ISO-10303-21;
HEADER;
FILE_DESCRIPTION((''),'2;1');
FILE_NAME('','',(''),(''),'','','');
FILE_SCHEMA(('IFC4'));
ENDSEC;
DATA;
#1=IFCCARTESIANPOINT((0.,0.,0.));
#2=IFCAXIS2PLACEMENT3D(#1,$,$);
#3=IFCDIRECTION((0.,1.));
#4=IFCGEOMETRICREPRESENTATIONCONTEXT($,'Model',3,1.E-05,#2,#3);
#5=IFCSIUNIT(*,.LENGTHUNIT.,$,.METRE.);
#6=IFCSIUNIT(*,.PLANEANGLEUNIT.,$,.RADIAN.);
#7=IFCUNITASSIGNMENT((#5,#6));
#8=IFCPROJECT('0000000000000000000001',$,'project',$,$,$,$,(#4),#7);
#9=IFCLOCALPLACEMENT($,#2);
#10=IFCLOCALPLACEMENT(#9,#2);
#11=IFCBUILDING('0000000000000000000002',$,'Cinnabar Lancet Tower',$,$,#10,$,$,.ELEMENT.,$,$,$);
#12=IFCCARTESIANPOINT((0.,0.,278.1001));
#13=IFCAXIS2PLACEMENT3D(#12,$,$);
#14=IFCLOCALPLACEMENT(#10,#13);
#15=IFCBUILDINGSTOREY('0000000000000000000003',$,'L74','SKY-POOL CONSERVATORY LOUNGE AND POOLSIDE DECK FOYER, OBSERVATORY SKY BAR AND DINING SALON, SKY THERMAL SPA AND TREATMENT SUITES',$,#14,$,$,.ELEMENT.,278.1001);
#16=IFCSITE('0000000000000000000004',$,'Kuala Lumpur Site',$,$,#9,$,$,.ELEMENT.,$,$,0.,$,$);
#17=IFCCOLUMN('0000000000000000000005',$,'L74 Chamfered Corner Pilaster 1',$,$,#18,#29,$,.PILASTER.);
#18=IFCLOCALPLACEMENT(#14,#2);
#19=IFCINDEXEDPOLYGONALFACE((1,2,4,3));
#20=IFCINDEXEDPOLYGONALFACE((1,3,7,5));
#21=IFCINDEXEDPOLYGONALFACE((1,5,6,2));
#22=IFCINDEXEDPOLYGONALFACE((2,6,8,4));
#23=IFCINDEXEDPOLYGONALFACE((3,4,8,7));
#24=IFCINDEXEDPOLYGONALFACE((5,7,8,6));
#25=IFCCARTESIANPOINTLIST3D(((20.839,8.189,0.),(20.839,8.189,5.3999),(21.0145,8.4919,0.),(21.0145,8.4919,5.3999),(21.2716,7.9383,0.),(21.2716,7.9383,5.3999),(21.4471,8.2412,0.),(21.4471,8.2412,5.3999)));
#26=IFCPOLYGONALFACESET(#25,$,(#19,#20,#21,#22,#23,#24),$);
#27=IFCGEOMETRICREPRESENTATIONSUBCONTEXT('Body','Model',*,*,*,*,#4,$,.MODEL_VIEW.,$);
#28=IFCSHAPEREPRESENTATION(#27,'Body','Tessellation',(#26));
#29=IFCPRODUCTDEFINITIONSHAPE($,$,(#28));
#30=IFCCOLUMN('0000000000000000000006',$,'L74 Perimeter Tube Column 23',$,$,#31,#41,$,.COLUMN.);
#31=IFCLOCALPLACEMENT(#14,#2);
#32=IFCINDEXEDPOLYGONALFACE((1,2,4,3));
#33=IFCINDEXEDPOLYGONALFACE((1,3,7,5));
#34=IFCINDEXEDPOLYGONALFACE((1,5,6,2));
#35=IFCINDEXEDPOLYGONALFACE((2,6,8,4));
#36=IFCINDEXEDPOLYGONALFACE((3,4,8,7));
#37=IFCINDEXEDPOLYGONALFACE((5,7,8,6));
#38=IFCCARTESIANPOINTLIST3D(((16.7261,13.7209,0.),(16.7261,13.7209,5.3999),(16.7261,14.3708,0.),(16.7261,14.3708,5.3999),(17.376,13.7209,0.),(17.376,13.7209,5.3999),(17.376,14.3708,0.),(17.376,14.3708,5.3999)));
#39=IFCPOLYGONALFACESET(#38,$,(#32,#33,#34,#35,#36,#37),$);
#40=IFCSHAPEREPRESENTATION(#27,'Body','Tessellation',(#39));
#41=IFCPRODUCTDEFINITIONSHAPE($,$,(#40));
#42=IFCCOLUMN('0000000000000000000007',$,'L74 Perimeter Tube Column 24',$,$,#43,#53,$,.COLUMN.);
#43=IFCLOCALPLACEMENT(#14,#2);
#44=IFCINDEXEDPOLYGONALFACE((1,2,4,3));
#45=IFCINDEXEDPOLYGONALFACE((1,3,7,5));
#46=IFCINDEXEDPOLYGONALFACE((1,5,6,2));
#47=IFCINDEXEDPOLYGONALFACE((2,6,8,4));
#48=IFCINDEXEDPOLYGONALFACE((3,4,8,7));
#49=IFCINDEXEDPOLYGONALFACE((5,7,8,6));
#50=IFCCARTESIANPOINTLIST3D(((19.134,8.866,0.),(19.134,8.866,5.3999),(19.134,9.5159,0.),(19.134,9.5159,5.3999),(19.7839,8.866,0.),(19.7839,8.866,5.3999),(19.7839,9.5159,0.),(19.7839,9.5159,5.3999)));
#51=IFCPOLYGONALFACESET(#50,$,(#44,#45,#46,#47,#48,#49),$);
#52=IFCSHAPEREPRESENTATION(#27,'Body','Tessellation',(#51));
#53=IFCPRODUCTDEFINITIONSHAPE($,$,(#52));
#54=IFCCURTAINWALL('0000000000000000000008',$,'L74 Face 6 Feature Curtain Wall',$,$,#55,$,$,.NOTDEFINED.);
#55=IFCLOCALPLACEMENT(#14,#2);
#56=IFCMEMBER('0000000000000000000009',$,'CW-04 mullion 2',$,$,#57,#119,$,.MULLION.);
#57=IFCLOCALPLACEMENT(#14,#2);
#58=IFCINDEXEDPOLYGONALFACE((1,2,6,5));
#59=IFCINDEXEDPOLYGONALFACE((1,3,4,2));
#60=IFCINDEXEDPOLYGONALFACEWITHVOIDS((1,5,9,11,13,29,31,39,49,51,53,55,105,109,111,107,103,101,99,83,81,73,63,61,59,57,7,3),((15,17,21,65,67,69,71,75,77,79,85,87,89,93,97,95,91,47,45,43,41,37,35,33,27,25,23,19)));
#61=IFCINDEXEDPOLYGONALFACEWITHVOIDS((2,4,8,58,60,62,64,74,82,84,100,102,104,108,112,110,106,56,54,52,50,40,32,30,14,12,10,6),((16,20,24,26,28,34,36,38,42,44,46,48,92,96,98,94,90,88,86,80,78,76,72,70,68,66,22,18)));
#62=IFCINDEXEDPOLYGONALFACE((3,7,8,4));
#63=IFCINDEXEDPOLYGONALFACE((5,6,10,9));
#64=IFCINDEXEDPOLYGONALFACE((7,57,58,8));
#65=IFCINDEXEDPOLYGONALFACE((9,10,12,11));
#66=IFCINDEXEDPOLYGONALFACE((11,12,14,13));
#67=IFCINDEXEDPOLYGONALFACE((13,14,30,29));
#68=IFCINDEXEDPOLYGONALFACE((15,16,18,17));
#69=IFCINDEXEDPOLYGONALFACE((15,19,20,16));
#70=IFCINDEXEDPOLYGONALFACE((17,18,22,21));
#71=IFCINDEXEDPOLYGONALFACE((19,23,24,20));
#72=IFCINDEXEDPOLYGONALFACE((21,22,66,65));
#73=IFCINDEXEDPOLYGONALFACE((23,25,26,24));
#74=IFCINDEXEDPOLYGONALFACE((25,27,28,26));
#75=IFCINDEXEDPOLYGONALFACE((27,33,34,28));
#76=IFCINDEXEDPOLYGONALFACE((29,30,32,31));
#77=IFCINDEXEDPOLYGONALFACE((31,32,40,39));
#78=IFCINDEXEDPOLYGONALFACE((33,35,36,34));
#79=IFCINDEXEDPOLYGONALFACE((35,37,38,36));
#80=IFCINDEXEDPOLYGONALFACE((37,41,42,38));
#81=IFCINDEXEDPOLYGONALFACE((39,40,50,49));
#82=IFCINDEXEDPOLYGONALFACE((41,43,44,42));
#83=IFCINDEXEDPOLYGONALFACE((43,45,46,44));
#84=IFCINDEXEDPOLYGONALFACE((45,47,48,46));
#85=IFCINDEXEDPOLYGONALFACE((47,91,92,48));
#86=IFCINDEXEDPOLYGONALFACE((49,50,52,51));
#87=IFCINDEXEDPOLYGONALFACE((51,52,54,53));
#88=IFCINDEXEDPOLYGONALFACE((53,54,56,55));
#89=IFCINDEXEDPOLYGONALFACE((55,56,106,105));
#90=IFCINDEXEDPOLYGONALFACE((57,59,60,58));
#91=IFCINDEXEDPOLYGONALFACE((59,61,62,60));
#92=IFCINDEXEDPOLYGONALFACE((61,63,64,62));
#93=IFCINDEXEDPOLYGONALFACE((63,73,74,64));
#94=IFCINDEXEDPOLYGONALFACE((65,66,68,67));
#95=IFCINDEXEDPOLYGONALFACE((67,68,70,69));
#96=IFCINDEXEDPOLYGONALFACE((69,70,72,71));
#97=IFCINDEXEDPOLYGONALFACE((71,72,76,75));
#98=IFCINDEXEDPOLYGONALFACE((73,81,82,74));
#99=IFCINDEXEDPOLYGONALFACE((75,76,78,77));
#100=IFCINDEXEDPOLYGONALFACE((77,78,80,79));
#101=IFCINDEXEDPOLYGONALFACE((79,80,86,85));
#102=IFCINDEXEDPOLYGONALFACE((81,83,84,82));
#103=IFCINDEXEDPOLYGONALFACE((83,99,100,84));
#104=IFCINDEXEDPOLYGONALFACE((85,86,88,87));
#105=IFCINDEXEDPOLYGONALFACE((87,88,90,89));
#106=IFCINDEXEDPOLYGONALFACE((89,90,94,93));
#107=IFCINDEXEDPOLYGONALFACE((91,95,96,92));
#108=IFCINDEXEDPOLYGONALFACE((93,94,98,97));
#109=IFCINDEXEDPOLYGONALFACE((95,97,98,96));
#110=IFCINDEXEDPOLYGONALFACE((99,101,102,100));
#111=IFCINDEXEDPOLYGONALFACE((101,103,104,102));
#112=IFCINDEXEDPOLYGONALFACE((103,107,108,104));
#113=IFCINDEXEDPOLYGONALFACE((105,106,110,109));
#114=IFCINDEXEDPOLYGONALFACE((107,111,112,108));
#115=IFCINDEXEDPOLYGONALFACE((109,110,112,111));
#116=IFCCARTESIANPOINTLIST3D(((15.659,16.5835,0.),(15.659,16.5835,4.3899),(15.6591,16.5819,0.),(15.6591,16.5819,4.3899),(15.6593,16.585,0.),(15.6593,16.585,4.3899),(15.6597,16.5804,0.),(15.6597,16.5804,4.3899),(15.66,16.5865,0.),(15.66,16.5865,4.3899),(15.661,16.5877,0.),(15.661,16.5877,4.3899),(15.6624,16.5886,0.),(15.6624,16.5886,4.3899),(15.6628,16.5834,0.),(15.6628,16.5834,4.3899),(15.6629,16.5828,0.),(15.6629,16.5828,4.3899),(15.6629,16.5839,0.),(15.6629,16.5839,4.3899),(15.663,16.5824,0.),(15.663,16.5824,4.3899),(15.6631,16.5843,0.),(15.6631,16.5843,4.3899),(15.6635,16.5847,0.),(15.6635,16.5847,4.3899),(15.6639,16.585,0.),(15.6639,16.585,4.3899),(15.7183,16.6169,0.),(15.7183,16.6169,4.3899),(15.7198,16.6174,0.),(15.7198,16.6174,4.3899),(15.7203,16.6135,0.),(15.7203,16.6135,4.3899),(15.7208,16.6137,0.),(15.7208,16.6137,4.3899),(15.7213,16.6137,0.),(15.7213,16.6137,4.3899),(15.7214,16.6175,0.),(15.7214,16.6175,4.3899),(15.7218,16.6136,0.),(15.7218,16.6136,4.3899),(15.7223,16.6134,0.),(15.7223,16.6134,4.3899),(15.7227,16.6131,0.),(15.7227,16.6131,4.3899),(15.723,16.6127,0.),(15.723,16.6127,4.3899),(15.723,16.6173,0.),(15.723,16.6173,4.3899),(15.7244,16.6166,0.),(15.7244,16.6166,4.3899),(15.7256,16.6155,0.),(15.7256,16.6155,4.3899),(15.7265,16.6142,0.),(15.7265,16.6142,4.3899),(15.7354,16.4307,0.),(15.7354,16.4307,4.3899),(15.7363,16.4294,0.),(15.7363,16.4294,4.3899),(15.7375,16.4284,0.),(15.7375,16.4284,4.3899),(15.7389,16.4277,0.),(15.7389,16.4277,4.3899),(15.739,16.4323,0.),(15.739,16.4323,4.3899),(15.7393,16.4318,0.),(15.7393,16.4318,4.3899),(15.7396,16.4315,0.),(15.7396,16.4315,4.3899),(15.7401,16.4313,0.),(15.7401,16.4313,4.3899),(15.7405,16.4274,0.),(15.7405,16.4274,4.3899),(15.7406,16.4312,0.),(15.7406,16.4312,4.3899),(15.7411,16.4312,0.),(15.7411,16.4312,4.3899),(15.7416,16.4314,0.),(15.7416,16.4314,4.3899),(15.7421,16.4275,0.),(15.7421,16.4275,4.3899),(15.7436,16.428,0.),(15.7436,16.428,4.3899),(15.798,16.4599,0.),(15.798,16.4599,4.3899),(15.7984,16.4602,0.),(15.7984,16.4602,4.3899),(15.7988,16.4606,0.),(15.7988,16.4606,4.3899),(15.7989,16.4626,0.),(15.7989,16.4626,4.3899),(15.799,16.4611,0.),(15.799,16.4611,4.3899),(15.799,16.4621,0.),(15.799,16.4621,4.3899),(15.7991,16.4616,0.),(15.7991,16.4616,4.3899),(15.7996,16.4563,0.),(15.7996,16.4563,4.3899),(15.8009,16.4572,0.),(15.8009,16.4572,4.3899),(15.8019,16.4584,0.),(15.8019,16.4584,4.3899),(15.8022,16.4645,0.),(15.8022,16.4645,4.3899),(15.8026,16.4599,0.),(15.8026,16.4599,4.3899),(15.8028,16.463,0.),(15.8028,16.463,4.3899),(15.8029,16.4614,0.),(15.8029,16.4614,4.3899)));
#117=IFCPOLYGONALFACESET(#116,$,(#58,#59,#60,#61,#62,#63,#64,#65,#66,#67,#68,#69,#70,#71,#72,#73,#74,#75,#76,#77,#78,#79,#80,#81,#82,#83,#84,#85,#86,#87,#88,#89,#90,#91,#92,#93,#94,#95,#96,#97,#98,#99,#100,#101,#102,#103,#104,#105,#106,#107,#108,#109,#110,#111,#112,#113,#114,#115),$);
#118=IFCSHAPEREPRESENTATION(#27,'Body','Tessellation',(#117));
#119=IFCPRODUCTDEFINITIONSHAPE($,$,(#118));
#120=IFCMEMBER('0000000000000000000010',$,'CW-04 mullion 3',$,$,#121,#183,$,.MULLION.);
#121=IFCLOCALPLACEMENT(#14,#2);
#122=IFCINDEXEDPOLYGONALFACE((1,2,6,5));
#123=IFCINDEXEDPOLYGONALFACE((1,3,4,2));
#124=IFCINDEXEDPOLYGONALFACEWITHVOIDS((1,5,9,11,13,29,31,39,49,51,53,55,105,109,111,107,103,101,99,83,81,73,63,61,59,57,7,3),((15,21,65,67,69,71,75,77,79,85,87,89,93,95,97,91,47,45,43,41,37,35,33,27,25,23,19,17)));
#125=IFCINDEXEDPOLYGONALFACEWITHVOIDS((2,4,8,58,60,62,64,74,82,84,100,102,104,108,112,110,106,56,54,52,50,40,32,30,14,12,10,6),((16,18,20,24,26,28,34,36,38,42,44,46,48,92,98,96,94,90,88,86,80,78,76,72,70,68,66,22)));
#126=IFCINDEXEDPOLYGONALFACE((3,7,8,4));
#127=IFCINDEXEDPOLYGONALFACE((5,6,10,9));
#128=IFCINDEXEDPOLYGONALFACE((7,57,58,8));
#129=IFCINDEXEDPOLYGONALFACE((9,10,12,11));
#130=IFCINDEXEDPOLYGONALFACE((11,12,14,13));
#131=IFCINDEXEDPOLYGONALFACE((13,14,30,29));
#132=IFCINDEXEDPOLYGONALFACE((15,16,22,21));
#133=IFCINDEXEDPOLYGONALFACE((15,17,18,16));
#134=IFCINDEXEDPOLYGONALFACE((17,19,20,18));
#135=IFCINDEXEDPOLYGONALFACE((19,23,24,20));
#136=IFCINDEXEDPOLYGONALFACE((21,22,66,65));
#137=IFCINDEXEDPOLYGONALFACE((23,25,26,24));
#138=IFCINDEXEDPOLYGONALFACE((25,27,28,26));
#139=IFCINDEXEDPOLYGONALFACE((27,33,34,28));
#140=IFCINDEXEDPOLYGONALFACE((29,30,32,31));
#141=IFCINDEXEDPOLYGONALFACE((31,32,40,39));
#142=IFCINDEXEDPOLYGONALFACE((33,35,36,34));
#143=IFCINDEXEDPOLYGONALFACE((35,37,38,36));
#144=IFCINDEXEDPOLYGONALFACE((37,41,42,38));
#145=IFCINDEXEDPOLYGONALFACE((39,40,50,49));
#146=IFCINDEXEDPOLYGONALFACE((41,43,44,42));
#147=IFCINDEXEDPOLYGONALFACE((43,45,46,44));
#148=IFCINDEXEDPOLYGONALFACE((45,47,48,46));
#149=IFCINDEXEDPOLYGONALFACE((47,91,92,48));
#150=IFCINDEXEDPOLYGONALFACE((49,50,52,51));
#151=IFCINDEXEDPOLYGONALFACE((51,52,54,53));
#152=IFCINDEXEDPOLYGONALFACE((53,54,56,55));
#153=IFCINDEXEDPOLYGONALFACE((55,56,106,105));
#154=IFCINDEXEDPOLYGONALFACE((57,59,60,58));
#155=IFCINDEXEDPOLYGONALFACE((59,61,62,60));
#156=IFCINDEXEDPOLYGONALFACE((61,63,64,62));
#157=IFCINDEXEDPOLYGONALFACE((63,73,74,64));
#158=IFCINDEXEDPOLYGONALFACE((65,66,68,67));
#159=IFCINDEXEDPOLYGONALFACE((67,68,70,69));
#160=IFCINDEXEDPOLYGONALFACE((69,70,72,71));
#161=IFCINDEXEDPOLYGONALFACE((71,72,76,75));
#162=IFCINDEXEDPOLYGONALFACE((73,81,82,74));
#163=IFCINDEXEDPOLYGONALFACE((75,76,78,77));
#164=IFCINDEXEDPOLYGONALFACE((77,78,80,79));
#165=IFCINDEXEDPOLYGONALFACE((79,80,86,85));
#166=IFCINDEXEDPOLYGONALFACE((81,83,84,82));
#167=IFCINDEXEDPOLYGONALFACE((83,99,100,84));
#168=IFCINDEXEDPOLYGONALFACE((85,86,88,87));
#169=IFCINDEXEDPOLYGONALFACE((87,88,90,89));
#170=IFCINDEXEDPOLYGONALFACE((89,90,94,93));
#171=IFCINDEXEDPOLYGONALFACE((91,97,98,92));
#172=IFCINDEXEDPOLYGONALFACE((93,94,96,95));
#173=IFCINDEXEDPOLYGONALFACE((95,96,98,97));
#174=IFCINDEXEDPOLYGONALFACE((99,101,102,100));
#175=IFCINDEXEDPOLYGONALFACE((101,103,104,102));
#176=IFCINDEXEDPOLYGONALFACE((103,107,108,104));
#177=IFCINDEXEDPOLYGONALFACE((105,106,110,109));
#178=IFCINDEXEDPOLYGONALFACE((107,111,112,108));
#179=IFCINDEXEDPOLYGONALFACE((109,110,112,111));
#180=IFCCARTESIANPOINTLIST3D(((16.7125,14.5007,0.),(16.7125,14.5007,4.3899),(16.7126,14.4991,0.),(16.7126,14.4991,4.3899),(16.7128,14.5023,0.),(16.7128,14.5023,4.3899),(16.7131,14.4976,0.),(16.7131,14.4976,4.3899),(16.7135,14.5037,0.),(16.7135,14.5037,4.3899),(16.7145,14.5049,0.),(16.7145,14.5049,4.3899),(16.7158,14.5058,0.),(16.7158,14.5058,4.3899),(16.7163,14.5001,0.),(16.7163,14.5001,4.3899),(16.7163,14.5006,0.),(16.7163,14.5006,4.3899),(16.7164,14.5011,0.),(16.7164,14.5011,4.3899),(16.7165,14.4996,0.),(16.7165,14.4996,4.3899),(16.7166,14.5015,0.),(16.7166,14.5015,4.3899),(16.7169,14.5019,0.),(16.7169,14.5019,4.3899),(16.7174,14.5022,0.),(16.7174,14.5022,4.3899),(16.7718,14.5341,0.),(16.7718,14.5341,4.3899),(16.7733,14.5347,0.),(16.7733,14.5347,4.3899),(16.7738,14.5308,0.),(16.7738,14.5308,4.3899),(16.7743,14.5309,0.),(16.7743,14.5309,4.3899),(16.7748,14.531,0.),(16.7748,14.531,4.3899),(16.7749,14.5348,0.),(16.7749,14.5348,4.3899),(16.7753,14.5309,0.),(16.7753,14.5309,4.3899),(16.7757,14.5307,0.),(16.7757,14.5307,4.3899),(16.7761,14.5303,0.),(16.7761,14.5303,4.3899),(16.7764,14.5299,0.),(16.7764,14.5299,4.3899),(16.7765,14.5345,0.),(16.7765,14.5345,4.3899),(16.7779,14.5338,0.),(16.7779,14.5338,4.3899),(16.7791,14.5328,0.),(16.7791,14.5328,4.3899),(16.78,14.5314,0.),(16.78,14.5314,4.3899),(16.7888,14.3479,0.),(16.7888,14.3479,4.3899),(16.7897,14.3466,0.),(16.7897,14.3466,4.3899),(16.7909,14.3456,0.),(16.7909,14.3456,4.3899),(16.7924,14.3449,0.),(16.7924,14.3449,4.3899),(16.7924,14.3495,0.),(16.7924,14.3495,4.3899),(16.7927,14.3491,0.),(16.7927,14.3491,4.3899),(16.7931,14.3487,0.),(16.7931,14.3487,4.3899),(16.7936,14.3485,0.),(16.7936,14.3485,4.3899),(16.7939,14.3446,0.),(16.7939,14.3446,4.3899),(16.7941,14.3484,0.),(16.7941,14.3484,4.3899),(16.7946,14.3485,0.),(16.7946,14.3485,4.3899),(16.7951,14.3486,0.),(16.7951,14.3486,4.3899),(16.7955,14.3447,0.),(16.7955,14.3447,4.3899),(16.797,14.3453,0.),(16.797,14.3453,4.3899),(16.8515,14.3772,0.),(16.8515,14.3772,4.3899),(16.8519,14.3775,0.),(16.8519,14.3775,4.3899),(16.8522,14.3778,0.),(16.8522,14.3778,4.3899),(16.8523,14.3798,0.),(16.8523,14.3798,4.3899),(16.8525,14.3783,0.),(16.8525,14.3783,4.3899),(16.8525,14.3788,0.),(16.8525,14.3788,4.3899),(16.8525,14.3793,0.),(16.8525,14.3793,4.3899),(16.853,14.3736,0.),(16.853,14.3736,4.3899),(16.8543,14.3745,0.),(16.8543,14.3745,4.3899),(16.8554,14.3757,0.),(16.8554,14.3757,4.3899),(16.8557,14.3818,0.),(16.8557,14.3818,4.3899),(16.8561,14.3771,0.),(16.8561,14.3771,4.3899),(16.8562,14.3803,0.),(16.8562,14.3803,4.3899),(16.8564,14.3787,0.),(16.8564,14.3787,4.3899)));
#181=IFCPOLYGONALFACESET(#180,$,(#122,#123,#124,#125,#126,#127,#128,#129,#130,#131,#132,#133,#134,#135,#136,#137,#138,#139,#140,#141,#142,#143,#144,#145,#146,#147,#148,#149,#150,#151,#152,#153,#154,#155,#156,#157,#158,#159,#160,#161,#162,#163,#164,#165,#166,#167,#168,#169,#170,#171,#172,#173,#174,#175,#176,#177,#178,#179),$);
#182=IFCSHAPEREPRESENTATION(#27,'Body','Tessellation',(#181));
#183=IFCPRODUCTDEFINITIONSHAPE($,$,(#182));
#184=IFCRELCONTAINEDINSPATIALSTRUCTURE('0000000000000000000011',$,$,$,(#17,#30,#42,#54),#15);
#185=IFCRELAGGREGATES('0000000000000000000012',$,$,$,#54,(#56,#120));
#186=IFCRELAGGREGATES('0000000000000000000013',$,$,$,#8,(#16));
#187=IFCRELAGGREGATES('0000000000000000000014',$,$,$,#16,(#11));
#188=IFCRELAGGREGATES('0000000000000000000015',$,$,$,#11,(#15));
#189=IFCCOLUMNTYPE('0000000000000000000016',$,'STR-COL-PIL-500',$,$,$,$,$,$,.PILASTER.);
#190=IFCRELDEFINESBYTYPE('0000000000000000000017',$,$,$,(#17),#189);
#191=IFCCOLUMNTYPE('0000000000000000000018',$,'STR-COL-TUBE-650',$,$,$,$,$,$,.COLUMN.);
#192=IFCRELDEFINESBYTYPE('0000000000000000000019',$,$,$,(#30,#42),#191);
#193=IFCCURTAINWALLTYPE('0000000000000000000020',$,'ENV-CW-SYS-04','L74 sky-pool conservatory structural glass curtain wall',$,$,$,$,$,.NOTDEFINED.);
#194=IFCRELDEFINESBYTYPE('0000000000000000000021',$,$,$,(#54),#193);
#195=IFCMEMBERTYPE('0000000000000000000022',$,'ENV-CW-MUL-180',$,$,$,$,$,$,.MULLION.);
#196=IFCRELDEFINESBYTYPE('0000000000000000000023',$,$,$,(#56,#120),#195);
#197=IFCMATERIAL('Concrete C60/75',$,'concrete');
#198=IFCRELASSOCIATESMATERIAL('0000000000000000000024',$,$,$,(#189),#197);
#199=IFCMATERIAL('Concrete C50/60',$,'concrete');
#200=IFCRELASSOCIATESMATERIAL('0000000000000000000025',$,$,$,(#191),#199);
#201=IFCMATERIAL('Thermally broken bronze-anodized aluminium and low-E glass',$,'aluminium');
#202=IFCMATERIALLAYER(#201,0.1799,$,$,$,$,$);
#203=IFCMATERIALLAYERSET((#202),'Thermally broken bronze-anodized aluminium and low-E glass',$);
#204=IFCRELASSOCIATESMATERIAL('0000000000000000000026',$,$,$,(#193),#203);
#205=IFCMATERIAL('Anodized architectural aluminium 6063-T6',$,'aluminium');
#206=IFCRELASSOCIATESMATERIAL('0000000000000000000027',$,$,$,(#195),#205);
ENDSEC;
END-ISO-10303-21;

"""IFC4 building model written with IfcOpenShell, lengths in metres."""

from ifc_helpers import new_model, si_unit, direction, frame, origin, origin_2d, place, context, subcontext, project, spatial, rectangle, hollow_rectangle, extrude, material, layer, layer_set, material_profile, profile_set, type_object, element, aggregate, save


model = new_model("IFC4")

# Units and contexts
model_context = context("Model", 3, precision=1e-05, world=origin(), true_north=direction((0.0, 1.0)))
body_context = subcontext(model_context, "Body", "Model", "MODEL_VIEW")
ifc_project = project(units=[si_unit("LENGTHUNIT", "METRE"), si_unit("PLANEANGLEUNIT", "RADIAN")], contexts=[model_context])

# Site, building, storey
site_placement = place(None, origin())
site = spatial("IfcSite", under=ifc_project, at=site_placement, Name="Kuala Lumpur Site", CompositionType="ELEMENT", RefElevation=0.0)
building_placement = place(site_placement, origin())
building = spatial("IfcBuilding", under=site, at=building_placement, Name="Cinnabar Lancet Tower", CompositionType="ELEMENT")
storey_placement = place(building_placement, frame((0.0, 0.0, 278.1001)))
storey = spatial("IfcBuildingStorey", under=building, at=storey_placement, Name="L74", Description="SKY-POOL CONSERVATORY LOUNGE AND POOLSIDE DECK FOYER, OBSERVATORY SKY BAR AND DINING SALON, SKY THERMAL SPA AND TREATMENT SUITES", CompositionType="ELEMENT", Elevation=278.1001)

# Columns
ifc_material_1 = material(Name="Concrete C60/75", Category="concrete")
ifc_material_profile_1 = material_profile(ifc_material_1, rectangle(XDim=0.5, YDim=0.3501, at=origin_2d()), Name="RC-PIL 500x350")
ifc_profile_set_1 = profile_set([ifc_material_profile_1], Name="Concrete C60/75")
column_type_1 = type_object("IfcColumnType", Name="STR-COL-PIL-500", PredefinedType="PILASTER", material=ifc_profile_set_1)
column_placement = place(storey_placement, frame((21.1431, 8.2151, 0.0), z_axis=(0.0, 0.0, 1.0), x_axis=(0.865256, -0.50133, 0.0)))
element("IfcColumn", 1, at=column_placement, inside=storey, type_object=column_type_1, Name="L74 Chamfered Corner Pilaster 1", PredefinedType="PILASTER", context=body_context, shape_type="SweptSolid", body=[
    extrude(rectangle(XDim=0.5, YDim=0.3501, at=origin_2d()), origin(), (0.0, 0.0, 1.0), 5.3999),
])
ifc_material_2 = material(Name="Concrete C50/60", Category="concrete")
ifc_material_profile_2 = material_profile(ifc_material_2, rectangle(XDim=0.6499, YDim=0.6499, at=origin_2d()), Name="RC-COL 650x650")
ifc_profile_set_2 = profile_set([ifc_material_profile_2], Name="Concrete C50/60")
column_type_2 = type_object("IfcColumnType", Name="STR-COL-TUBE-650", PredefinedType="COLUMN", material=ifc_profile_set_2)
for number, where, z_axis, x_axis, name in (
    (2, (17.051, 14.0459, 0.0), (0.0, 0.0, 1.0), (1.0, 0.0, 0.0), "L74 Perimeter Tube Column 23"),
    (3, (19.459, 9.1909, 0.0), (0.0, 0.0, 1.0), (1.0, 0.0, 0.0), "L74 Perimeter Tube Column 24"),
):
    element("IfcColumn", number, at=place(storey_placement, frame(where, z_axis=z_axis, x_axis=x_axis)), inside=storey, type_object=column_type_2, Name=name, PredefinedType="COLUMN", context=body_context, shape_type="SweptSolid", body=[
        extrude(rectangle(XDim=0.6499, YDim=0.6499, at=origin_2d()), origin(), (0.0, 0.0, 1.0), 5.3999),
    ])

# Curtain wall, members
ifc_material_3 = material(Name="Thermally broken bronze-anodized aluminium and low-E glass", Category="aluminium")
ifc_layer_1 = layer(ifc_material_3, 0.1799)
ifc_layer_set_1 = layer_set([ifc_layer_1], Name="Thermally broken bronze-anodized aluminium and low-E glass")
curtain_wall_type = type_object("IfcCurtainWallType", Name="ENV-CW-SYS-04", Description="L74 sky-pool conservatory structural glass curtain wall", PredefinedType="NOTDEFINED", material=ifc_layer_set_1)
curtain_wall_placement = place(storey_placement, origin())
curtain_wall = element("IfcCurtainWall", 4, at=curtain_wall_placement, inside=storey, type_object=curtain_wall_type, Name="L74 Face 6 Feature Curtain Wall", PredefinedType="NOTDEFINED")
ifc_material_4 = material(Name="Anodized architectural aluminium 6063-T6", Category="aluminium")
ifc_material_profile_3 = material_profile(ifc_material_4, hollow_rectangle(XDim=0.075, YDim=0.1799, WallThickness=0.0039, InnerFilletRadius=0.002, OuterFilletRadius=0.0061, at=origin_2d()), Name="CW-MUL 180x75x4")
ifc_profile_set_3 = profile_set([ifc_material_profile_3], Name="Anodized architectural aluminium 6063-T6")
member_type_1 = type_object("IfcMemberType", Name="ENV-CW-MUL-180", PredefinedType="MULLION", material=ifc_profile_set_3)
member_1_placement = place(storey_placement, frame((15.731, 16.5225, 0.0), z_axis=(0.0, 0.0, 1.0), x_axis=(0.892345, 0.451354, 0.0)))
member_1 = element("IfcMember", 5, at=member_1_placement, type_object=member_type_1, Name="CW-04 mullion 2", PredefinedType="MULLION", context=body_context, shape_type="SweptSolid", body=[
    extrude(hollow_rectangle(XDim=0.075, YDim=0.1799, WallThickness=0.0039, InnerFilletRadius=0.002, OuterFilletRadius=0.0061, at=origin_2d()), origin(), (0.0, 0.0, 1.0), 4.3899),
])
member_2_placement = place(storey_placement, frame((16.7844, 14.4397, 0.0), z_axis=(0.0, 0.0, 1.0), x_axis=(0.892345, 0.451354, 0.0)))
member_2 = element("IfcMember", 6, at=member_2_placement, type_object=member_type_1, Name="CW-04 mullion 3", PredefinedType="MULLION", context=body_context, shape_type="SweptSolid", body=[
    extrude(hollow_rectangle(XDim=0.075, YDim=0.1799, WallThickness=0.0039, InnerFilletRadius=0.002, OuterFilletRadius=0.0061, at=origin_2d()), origin(), (0.0, 0.0, 1.0), 4.3899),
])

aggregate(curtain_wall, [member_1, member_2])

save(model, "model.ifc")
